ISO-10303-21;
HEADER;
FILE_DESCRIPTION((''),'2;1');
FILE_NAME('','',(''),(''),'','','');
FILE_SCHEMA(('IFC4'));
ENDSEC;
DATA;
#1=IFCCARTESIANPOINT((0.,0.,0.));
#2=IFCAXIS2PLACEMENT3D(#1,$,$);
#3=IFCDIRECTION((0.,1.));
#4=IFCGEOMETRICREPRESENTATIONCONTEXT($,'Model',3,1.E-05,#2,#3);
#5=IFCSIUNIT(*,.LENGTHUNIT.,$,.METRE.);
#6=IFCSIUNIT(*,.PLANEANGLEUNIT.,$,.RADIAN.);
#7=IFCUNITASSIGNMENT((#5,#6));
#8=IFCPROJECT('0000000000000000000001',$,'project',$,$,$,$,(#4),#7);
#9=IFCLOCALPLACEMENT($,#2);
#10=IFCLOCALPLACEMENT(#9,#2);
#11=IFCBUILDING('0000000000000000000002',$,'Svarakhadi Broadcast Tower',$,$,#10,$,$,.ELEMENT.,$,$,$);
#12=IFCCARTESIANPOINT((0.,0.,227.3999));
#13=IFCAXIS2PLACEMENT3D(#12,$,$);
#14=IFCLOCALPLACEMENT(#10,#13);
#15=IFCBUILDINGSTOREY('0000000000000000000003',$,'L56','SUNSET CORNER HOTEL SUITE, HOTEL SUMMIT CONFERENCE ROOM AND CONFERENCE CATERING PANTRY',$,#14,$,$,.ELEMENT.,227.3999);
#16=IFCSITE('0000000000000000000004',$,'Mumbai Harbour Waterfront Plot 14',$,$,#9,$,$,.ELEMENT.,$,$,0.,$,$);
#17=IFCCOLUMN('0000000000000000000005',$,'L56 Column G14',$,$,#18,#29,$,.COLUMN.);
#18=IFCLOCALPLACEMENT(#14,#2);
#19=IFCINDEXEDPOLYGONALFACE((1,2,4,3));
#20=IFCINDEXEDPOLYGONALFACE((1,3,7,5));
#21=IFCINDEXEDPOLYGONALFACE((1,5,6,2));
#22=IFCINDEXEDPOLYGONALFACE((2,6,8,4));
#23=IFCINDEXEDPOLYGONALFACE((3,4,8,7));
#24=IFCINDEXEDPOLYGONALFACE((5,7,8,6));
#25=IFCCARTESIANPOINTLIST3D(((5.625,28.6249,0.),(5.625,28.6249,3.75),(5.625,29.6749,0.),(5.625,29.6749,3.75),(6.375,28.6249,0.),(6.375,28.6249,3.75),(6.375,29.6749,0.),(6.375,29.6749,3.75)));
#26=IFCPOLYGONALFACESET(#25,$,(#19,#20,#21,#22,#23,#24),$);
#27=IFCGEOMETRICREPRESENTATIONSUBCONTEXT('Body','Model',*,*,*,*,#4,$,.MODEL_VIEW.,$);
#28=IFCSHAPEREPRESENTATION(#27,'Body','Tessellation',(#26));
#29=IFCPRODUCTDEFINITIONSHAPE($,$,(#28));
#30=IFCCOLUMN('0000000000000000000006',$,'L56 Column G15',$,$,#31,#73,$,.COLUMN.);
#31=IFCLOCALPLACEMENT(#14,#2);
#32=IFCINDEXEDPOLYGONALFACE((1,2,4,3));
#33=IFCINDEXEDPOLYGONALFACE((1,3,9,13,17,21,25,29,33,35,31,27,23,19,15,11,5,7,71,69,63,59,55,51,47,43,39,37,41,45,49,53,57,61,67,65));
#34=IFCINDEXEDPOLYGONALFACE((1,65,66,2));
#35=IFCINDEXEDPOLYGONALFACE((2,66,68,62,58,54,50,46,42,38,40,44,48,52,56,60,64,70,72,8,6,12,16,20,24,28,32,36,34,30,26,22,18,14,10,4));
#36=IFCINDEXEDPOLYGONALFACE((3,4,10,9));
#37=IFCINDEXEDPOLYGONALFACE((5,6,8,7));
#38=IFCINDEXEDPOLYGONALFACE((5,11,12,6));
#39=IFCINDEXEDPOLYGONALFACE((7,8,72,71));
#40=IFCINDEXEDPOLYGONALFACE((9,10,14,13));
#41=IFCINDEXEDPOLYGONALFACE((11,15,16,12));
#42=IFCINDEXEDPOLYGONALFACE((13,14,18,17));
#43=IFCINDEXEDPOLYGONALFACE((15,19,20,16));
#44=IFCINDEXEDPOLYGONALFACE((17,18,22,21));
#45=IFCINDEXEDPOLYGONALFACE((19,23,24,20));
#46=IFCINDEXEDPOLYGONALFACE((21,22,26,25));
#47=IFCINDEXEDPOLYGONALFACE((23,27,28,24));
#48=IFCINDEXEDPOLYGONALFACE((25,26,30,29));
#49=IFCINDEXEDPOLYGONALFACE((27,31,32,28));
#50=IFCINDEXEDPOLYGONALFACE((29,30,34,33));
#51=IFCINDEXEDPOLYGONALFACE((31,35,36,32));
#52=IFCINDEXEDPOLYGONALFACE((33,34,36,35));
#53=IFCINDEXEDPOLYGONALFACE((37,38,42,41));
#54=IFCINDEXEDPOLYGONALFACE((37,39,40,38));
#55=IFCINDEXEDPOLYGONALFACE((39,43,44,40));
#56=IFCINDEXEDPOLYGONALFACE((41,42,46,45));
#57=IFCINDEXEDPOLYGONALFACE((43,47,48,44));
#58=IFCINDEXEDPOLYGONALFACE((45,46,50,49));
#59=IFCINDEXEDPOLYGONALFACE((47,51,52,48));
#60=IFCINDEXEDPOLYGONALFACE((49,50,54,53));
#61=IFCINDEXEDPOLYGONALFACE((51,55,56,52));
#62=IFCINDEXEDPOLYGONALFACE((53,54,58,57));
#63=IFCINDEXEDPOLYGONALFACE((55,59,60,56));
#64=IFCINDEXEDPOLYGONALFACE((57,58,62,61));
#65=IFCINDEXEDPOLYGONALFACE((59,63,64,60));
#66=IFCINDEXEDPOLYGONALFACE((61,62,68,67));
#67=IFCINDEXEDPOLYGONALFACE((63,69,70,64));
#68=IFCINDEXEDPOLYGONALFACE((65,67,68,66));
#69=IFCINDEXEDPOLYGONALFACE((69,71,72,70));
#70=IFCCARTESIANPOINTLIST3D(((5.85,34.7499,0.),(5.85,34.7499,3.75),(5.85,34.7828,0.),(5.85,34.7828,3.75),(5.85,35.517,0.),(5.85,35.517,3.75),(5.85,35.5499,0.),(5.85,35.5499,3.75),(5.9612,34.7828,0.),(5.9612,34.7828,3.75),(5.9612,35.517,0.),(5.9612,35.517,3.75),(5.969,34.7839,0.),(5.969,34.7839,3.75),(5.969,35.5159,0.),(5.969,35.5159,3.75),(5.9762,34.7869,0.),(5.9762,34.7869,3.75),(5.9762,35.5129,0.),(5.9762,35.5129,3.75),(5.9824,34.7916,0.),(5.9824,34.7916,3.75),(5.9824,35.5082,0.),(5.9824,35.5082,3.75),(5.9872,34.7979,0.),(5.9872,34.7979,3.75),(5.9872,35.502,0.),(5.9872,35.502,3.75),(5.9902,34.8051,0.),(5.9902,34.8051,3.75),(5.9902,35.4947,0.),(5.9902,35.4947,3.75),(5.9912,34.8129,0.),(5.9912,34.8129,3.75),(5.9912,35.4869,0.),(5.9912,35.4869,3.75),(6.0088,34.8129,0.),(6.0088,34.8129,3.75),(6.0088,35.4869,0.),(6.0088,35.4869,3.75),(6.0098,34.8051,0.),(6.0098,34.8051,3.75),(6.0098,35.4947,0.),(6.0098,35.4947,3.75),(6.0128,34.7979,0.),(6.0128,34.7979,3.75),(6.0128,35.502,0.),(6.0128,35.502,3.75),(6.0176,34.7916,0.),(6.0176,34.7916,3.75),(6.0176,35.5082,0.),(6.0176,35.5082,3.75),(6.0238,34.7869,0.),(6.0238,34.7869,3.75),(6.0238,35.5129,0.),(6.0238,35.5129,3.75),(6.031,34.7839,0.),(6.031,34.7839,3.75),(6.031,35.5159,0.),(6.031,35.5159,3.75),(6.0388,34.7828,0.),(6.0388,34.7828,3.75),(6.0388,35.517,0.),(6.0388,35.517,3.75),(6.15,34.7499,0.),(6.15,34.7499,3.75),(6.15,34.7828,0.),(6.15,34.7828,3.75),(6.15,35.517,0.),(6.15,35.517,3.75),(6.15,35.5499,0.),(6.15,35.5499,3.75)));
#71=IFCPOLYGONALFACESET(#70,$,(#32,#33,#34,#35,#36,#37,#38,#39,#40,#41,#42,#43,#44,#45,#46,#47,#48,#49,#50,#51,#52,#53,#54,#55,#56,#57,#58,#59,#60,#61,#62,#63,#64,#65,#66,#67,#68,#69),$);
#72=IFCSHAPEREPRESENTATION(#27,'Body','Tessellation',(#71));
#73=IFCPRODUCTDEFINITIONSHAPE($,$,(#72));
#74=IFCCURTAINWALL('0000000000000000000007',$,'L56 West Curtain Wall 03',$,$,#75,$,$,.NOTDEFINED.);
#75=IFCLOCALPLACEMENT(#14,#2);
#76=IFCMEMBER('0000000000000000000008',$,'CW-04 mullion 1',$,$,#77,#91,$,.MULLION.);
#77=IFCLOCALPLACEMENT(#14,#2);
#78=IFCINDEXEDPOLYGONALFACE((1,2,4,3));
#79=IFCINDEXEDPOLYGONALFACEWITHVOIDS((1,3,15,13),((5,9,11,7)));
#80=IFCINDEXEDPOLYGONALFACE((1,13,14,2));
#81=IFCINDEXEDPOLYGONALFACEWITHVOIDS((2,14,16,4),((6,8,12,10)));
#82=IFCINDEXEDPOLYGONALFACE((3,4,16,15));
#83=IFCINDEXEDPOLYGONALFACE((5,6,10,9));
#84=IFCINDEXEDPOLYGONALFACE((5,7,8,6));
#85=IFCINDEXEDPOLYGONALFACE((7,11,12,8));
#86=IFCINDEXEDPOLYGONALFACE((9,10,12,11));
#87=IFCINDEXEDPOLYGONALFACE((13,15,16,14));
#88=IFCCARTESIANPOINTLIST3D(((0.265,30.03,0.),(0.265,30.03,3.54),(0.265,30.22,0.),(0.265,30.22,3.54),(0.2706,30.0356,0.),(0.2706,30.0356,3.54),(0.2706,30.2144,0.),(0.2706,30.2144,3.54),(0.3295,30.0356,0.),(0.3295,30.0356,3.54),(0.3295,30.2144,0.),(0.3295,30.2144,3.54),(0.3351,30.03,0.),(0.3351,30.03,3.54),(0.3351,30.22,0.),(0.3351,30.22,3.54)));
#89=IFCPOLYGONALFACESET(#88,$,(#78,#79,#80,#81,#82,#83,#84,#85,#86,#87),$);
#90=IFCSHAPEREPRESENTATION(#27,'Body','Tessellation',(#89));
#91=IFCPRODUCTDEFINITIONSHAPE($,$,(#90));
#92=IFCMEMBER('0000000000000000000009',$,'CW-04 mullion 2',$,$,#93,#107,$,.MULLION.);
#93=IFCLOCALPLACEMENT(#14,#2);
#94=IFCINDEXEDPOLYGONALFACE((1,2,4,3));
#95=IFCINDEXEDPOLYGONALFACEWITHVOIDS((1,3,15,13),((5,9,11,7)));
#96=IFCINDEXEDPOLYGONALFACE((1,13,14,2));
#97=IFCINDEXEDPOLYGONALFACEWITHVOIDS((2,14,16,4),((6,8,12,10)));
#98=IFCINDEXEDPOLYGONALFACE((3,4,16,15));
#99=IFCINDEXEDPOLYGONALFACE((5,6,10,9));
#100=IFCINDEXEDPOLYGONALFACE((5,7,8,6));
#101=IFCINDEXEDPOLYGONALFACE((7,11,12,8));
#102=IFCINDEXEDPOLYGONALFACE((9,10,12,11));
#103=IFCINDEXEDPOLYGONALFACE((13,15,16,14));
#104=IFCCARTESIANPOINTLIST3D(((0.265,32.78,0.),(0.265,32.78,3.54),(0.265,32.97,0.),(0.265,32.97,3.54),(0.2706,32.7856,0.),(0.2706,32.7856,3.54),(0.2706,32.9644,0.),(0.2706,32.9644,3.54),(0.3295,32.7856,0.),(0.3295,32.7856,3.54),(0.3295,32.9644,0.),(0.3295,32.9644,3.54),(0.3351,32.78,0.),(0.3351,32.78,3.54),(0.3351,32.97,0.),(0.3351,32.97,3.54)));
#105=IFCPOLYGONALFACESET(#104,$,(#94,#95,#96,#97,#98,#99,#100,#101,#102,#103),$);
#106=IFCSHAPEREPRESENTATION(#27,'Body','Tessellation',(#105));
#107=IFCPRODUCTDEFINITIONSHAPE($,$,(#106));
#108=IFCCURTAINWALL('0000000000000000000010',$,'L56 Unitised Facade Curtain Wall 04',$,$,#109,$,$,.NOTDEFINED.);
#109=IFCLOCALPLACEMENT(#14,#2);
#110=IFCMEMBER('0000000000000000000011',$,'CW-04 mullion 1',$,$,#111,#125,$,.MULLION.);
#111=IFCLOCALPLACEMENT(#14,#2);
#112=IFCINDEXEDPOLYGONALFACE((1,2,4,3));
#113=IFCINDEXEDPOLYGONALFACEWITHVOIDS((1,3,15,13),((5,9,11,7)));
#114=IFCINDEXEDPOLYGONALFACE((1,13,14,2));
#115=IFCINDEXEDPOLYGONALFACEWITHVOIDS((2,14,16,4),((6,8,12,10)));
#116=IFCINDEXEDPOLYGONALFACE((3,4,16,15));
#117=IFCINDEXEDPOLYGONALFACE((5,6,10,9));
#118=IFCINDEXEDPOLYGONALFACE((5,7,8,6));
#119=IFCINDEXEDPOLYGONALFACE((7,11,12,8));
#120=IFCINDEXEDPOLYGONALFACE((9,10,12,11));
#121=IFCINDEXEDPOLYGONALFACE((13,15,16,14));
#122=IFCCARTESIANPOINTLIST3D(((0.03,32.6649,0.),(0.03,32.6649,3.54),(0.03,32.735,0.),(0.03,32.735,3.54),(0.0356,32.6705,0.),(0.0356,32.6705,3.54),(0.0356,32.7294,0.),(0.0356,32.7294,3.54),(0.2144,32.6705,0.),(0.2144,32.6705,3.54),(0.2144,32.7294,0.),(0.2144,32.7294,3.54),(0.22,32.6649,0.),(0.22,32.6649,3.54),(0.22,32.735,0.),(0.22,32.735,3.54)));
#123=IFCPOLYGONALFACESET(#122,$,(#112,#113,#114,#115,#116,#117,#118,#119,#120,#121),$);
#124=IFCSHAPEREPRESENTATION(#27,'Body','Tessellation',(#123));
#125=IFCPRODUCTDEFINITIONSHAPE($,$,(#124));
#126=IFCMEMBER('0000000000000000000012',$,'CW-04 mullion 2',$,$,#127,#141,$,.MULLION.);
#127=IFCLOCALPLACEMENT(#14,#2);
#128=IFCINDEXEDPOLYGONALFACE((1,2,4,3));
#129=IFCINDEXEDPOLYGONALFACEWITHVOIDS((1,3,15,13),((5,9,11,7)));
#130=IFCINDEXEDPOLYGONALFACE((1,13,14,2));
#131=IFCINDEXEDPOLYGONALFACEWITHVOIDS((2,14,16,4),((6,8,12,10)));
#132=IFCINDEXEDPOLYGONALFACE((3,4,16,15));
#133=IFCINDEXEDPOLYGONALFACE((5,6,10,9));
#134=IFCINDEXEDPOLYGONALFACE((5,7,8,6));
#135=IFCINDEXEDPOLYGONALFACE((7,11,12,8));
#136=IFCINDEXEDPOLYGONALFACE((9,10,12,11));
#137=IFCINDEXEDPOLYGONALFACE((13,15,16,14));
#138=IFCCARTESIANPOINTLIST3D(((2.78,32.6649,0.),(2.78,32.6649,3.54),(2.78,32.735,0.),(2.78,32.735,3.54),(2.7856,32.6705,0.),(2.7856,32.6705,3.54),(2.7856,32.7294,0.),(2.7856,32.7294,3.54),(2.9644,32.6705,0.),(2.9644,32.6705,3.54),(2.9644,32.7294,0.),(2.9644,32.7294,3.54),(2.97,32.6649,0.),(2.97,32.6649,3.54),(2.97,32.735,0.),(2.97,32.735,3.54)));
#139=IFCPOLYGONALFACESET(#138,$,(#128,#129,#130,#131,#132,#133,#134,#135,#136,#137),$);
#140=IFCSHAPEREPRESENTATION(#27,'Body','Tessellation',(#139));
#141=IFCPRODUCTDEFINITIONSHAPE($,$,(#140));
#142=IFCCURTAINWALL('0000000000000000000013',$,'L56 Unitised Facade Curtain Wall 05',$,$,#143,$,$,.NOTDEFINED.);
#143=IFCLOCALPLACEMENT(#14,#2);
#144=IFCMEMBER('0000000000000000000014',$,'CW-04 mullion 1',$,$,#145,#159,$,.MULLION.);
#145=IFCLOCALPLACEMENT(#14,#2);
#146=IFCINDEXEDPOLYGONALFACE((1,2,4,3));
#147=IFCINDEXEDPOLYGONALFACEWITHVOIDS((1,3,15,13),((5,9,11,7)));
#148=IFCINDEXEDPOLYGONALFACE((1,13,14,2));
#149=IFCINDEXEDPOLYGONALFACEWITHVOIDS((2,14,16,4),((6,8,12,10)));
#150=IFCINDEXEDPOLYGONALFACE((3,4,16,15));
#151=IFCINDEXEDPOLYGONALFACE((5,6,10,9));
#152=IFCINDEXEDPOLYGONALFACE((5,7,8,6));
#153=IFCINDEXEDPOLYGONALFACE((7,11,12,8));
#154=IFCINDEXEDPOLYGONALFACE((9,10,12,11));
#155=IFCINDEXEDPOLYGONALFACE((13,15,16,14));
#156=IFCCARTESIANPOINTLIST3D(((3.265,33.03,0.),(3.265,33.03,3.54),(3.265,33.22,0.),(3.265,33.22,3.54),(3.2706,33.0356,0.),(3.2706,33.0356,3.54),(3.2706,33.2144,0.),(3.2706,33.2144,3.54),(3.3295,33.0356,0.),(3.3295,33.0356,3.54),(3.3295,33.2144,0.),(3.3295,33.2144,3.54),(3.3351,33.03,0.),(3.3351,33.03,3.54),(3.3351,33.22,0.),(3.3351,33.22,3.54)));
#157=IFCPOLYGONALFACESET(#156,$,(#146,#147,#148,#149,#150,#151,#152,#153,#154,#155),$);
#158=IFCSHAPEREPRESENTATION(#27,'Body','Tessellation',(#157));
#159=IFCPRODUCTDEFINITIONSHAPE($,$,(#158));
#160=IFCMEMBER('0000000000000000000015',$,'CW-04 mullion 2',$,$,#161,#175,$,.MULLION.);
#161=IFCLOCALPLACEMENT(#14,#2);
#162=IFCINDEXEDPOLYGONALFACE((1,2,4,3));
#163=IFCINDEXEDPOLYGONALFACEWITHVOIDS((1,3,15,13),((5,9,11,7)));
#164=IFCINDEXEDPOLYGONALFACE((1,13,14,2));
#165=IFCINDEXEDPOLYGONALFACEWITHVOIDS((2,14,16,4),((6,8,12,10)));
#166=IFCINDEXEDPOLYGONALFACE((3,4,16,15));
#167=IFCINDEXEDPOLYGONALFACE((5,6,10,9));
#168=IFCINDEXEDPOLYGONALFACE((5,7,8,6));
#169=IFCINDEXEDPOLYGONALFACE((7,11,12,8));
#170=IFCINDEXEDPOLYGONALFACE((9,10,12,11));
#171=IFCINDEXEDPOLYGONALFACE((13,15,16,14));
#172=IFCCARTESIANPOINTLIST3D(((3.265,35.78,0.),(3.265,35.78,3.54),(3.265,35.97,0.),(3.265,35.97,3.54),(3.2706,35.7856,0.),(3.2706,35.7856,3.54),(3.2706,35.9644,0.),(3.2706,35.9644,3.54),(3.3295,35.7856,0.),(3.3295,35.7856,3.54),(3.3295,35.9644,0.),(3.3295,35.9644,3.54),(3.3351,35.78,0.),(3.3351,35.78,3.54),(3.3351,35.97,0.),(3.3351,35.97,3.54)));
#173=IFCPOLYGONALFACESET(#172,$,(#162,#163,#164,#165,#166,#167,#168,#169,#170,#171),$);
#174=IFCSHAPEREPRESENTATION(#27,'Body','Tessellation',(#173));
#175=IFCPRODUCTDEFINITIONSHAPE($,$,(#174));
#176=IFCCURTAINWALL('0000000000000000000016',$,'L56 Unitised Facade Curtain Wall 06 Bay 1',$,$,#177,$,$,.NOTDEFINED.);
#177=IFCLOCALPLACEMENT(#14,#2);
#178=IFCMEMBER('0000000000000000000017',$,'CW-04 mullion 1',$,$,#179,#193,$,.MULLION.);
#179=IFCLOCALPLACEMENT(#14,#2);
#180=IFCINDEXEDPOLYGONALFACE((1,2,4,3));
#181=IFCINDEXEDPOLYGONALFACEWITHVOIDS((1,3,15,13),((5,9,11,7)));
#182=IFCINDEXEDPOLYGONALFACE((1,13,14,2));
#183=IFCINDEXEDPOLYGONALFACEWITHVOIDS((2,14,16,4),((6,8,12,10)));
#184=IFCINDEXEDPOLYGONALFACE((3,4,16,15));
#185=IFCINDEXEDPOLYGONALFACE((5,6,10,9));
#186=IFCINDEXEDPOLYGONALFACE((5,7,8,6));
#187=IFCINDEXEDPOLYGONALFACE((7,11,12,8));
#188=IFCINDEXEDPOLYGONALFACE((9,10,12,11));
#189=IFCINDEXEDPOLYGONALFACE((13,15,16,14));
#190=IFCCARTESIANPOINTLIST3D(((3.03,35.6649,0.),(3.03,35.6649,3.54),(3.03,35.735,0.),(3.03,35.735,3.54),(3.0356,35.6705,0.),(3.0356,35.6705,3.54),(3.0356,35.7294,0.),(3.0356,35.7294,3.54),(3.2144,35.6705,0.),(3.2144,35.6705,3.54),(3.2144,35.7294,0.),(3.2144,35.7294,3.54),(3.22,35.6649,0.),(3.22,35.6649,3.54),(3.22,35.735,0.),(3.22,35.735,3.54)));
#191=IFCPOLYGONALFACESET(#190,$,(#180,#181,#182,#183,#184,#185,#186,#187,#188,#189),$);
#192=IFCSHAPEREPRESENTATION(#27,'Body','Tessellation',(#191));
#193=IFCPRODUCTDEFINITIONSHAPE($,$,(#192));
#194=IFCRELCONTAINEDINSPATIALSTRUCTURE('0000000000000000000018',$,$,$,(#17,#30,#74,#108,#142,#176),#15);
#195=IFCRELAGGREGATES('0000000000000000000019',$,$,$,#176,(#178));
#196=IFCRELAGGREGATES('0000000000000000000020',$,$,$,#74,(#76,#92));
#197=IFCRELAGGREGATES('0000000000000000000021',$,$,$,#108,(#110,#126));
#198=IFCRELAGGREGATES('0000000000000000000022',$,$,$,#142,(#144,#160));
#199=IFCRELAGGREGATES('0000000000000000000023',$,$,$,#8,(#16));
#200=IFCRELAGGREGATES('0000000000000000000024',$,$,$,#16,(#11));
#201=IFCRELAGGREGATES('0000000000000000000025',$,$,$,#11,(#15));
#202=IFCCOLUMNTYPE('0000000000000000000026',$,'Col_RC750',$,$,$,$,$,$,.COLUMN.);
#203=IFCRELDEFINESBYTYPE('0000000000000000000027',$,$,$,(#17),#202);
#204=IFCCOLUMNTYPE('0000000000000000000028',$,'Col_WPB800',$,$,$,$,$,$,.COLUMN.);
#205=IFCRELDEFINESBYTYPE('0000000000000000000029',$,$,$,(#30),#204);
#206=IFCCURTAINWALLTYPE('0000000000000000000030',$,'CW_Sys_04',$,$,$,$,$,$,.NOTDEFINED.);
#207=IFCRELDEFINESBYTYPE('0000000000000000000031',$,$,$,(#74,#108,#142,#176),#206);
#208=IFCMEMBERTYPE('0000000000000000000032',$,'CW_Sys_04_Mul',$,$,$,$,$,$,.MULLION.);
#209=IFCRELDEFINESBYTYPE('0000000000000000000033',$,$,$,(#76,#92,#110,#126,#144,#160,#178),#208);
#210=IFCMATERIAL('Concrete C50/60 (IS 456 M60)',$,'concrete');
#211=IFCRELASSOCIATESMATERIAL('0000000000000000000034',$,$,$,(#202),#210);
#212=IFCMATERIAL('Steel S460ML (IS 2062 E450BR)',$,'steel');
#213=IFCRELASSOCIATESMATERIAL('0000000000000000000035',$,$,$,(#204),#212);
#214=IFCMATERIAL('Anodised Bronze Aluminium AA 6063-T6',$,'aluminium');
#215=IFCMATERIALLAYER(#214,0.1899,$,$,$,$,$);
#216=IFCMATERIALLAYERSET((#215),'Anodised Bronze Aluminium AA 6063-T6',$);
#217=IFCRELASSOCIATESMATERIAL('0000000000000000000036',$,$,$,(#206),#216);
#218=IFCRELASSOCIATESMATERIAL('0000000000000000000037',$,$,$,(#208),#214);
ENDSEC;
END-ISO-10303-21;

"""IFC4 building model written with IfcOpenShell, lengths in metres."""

from ifc_helpers import new_model, si_unit, direction, frame, origin, origin_2d, place, context, subcontext, project, spatial, rectangle, hollow_rectangle, i_section, extrude, material, layer, layer_set, material_profile, profile_set, type_object, element, aggregate, save


model = new_model("IFC4")

# Units and contexts
model_context = context("Model", 3, precision=1e-05, world=origin(), true_north=direction((0.0, 1.0)))
body_context = subcontext(model_context, "Body", "Model", "MODEL_VIEW")
ifc_project = project(units=[si_unit("LENGTHUNIT", "METRE"), si_unit("PLANEANGLEUNIT", "RADIAN")], contexts=[model_context])

# Site, building, storey
site_placement = place(None, origin())
site = spatial("IfcSite", under=ifc_project, at=site_placement, Name="Mumbai Harbour Waterfront Plot 14", CompositionType="ELEMENT", RefElevation=0.0)
building_placement = place(site_placement, origin())
building = spatial("IfcBuilding", under=site, at=building_placement, Name="Svarakhadi Broadcast Tower", CompositionType="ELEMENT")
storey_placement = place(building_placement, frame((0.0, 0.0, 227.3999)))
storey = spatial("IfcBuildingStorey", under=building, at=storey_placement, Name="L56", Description="SUNSET CORNER HOTEL SUITE, HOTEL SUMMIT CONFERENCE ROOM AND CONFERENCE CATERING PANTRY", CompositionType="ELEMENT", Elevation=227.3999)

# Columns
ifc_material_1 = material(Name="Concrete C50/60 (IS 456 M60)", Category="concrete")
ifc_material_profile_1 = material_profile(ifc_material_1, rectangle(XDim=0.75, YDim=1.05, at=origin_2d()), Name="RC 750x1050")
ifc_profile_set_1 = profile_set([ifc_material_profile_1], Name="Concrete C50/60 (IS 456 M60)")
column_type_1 = type_object("IfcColumnType", Name="Col_RC750", PredefinedType="COLUMN", material=ifc_profile_set_1)
column_1_placement = place(storey_placement, frame((6.0, 29.1499, 0.0), z_axis=(0.0, 0.0, 1.0), x_axis=(1.0, 0.0, 0.0)))
element("IfcColumn", 1, at=column_1_placement, inside=storey, type_object=column_type_1, Name="L56 Column G14", PredefinedType="COLUMN", context=body_context, shape_type="SweptSolid", body=[
    extrude(rectangle(XDim=0.75, YDim=1.05, at=origin_2d()), origin(), (0.0, 0.0, 1.0), 3.75),
])
ifc_material_2 = material(Name="Steel S460ML (IS 2062 E450BR)", Category="steel")
ifc_material_profile_2 = material_profile(ifc_material_2, i_section(OverallWidth=0.3, OverallDepth=0.8, WebThickness=0.0176, FlangeThickness=0.033, FilletRadius=0.03, at=origin_2d()), Name="WPB 800x300x262")
ifc_profile_set_2 = profile_set([ifc_material_profile_2], Name="Steel S460ML (IS 2062 E450BR)")
column_type_2 = type_object("IfcColumnType", Name="Col_WPB800", PredefinedType="COLUMN", material=ifc_profile_set_2)
column_2_placement = place(storey_placement, frame((6.0, 35.1499, 0.0), z_axis=(0.0, 0.0, 1.0), x_axis=(1.0, 0.0, 0.0)))
element("IfcColumn", 2, at=column_2_placement, inside=storey, type_object=column_type_2, Name="L56 Column G15", PredefinedType="COLUMN", context=body_context, shape_type="SweptSolid", body=[
    extrude(i_section(OverallWidth=0.3, OverallDepth=0.8, WebThickness=0.0176, FlangeThickness=0.033, FilletRadius=0.03, at=origin_2d()), origin(), (0.0, 0.0, 1.0), 3.75),
])

# Curtain walls, members
ifc_material_3 = material(Name="Anodised Bronze Aluminium AA 6063-T6", Category="aluminium")
ifc_layer_1 = layer(ifc_material_3, 0.1899)
ifc_layer_set_1 = layer_set([ifc_layer_1], Name="Anodised Bronze Aluminium AA 6063-T6")
curtain_wall_type = type_object("IfcCurtainWallType", Name="CW_Sys_04", PredefinedType="NOTDEFINED", material=ifc_layer_set_1)
curtain_wall_1_placement = place(storey_placement, origin())
curtain_wall_1 = element("IfcCurtainWall", 3, at=curtain_wall_1_placement, inside=storey, type_object=curtain_wall_type, Name="L56 West Curtain Wall 03", PredefinedType="NOTDEFINED")
ifc_material_profile_3 = material_profile(ifc_material_3, hollow_rectangle(XDim=0.0701, YDim=0.1899, WallThickness=0.0056, at=origin_2d()), Name="ALU MULLION 190x70x6")
ifc_profile_set_3 = profile_set([ifc_material_profile_3], Name="Anodised Bronze Aluminium AA 6063-T6")
member_type_1 = type_object("IfcMemberType", Name="CW_Sys_04_Mul", PredefinedType="MULLION", material=ifc_profile_set_3)
member_1_placement = place(storey_placement, frame((0.3, 30.125, 0.0), z_axis=(0.0, 0.0, 1.0), x_axis=(-1.0, 0.0, 0.0)))
member_1 = element("IfcMember", 4, at=member_1_placement, type_object=member_type_1, Name="CW-04 mullion 1", PredefinedType="MULLION", context=body_context, shape_type="SweptSolid", body=[
    extrude(hollow_rectangle(XDim=0.0701, YDim=0.1899, WallThickness=0.0056, at=origin_2d()), origin(), (0.0, 0.0, 1.0), 3.54),
])
member_2_placement = place(storey_placement, frame((0.3, 32.875, 0.0), z_axis=(0.0, 0.0, 1.0), x_axis=(-1.0, 0.0, 0.0)))
member_2 = element("IfcMember", 5, at=member_2_placement, type_object=member_type_1, Name="CW-04 mullion 2", PredefinedType="MULLION", context=body_context, shape_type="SweptSolid", body=[
    extrude(hollow_rectangle(XDim=0.0701, YDim=0.1899, WallThickness=0.0056, at=origin_2d()), origin(), (0.0, 0.0, 1.0), 3.54),
])
curtain_wall_2_placement = place(storey_placement, origin())
curtain_wall_2 = element("IfcCurtainWall", 6, at=curtain_wall_2_placement, inside=storey, type_object=curtain_wall_type, Name="L56 Unitised Facade Curtain Wall 04", PredefinedType="NOTDEFINED")
member_3_placement = place(storey_placement, frame((0.125, 32.7, 0.0), z_axis=(0.0, 0.0, 1.0), x_axis=(0.0, 1.0, 0.0)))
member_3 = element("IfcMember", 7, at=member_3_placement, type_object=member_type_1, Name="CW-04 mullion 1", PredefinedType="MULLION", context=body_context, shape_type="SweptSolid", body=[
    extrude(hollow_rectangle(XDim=0.0701, YDim=0.1899, WallThickness=0.0056, at=origin_2d()), origin(), (0.0, 0.0, 1.0), 3.54),
])
member_4_placement = place(storey_placement, frame((2.875, 32.7, 0.0), z_axis=(0.0, 0.0, 1.0), x_axis=(0.0, 1.0, 0.0)))
member_4 = element("IfcMember", 8, at=member_4_placement, type_object=member_type_1, Name="CW-04 mullion 2", PredefinedType="MULLION", context=body_context, shape_type="SweptSolid", body=[
    extrude(hollow_rectangle(XDim=0.0701, YDim=0.1899, WallThickness=0.0056, at=origin_2d()), origin(), (0.0, 0.0, 1.0), 3.54),
])
curtain_wall_3_placement = place(storey_placement, origin())
curtain_wall_3 = element("IfcCurtainWall", 9, at=curtain_wall_3_placement, inside=storey, type_object=curtain_wall_type, Name="L56 Unitised Facade Curtain Wall 05", PredefinedType="NOTDEFINED")
member_5_placement = place(storey_placement, frame((3.3, 33.125, 0.0), z_axis=(0.0, 0.0, 1.0), x_axis=(-1.0, 0.0, 0.0)))
member_5 = element("IfcMember", 10, at=member_5_placement, type_object=member_type_1, Name="CW-04 mullion 1", PredefinedType="MULLION", context=body_context, shape_type="SweptSolid", body=[
    extrude(hollow_rectangle(XDim=0.0701, YDim=0.1899, WallThickness=0.0056, at=origin_2d()), origin(), (0.0, 0.0, 1.0), 3.54),
])
member_6_placement = place(storey_placement, frame((3.3, 35.875, 0.0), z_axis=(0.0, 0.0, 1.0), x_axis=(-1.0, 0.0, 0.0)))
member_6 = element("IfcMember", 11, at=member_6_placement, type_object=member_type_1, Name="CW-04 mullion 2", PredefinedType="MULLION", context=body_context, shape_type="SweptSolid", body=[
    extrude(hollow_rectangle(XDim=0.0701, YDim=0.1899, WallThickness=0.0056, at=origin_2d()), origin(), (0.0, 0.0, 1.0), 3.54),
])

# Curtain wall, member
curtain_wall_4_placement = place(storey_placement, origin())
curtain_wall_4 = element("IfcCurtainWall", 12, at=curtain_wall_4_placement, inside=storey, type_object=curtain_wall_type, Name="L56 Unitised Facade Curtain Wall 06 Bay 1", PredefinedType="NOTDEFINED")
member_7_placement = place(storey_placement, frame((3.125, 35.7, 0.0), z_axis=(0.0, 0.0, 1.0), x_axis=(0.0, 1.0, 0.0)))
member_7 = element("IfcMember", 13, at=member_7_placement, type_object=member_type_1, Name="CW-04 mullion 1", PredefinedType="MULLION", context=body_context, shape_type="SweptSolid", body=[
    extrude(hollow_rectangle(XDim=0.0701, YDim=0.1899, WallThickness=0.0056, at=origin_2d()), origin(), (0.0, 0.0, 1.0), 3.54),
])

aggregate(curtain_wall_4, [member_7])

aggregate(curtain_wall_1, [member_1, member_2])
aggregate(curtain_wall_2, [member_3, member_4])
aggregate(curtain_wall_3, [member_5, member_6])

save(model, "model.ifc")
